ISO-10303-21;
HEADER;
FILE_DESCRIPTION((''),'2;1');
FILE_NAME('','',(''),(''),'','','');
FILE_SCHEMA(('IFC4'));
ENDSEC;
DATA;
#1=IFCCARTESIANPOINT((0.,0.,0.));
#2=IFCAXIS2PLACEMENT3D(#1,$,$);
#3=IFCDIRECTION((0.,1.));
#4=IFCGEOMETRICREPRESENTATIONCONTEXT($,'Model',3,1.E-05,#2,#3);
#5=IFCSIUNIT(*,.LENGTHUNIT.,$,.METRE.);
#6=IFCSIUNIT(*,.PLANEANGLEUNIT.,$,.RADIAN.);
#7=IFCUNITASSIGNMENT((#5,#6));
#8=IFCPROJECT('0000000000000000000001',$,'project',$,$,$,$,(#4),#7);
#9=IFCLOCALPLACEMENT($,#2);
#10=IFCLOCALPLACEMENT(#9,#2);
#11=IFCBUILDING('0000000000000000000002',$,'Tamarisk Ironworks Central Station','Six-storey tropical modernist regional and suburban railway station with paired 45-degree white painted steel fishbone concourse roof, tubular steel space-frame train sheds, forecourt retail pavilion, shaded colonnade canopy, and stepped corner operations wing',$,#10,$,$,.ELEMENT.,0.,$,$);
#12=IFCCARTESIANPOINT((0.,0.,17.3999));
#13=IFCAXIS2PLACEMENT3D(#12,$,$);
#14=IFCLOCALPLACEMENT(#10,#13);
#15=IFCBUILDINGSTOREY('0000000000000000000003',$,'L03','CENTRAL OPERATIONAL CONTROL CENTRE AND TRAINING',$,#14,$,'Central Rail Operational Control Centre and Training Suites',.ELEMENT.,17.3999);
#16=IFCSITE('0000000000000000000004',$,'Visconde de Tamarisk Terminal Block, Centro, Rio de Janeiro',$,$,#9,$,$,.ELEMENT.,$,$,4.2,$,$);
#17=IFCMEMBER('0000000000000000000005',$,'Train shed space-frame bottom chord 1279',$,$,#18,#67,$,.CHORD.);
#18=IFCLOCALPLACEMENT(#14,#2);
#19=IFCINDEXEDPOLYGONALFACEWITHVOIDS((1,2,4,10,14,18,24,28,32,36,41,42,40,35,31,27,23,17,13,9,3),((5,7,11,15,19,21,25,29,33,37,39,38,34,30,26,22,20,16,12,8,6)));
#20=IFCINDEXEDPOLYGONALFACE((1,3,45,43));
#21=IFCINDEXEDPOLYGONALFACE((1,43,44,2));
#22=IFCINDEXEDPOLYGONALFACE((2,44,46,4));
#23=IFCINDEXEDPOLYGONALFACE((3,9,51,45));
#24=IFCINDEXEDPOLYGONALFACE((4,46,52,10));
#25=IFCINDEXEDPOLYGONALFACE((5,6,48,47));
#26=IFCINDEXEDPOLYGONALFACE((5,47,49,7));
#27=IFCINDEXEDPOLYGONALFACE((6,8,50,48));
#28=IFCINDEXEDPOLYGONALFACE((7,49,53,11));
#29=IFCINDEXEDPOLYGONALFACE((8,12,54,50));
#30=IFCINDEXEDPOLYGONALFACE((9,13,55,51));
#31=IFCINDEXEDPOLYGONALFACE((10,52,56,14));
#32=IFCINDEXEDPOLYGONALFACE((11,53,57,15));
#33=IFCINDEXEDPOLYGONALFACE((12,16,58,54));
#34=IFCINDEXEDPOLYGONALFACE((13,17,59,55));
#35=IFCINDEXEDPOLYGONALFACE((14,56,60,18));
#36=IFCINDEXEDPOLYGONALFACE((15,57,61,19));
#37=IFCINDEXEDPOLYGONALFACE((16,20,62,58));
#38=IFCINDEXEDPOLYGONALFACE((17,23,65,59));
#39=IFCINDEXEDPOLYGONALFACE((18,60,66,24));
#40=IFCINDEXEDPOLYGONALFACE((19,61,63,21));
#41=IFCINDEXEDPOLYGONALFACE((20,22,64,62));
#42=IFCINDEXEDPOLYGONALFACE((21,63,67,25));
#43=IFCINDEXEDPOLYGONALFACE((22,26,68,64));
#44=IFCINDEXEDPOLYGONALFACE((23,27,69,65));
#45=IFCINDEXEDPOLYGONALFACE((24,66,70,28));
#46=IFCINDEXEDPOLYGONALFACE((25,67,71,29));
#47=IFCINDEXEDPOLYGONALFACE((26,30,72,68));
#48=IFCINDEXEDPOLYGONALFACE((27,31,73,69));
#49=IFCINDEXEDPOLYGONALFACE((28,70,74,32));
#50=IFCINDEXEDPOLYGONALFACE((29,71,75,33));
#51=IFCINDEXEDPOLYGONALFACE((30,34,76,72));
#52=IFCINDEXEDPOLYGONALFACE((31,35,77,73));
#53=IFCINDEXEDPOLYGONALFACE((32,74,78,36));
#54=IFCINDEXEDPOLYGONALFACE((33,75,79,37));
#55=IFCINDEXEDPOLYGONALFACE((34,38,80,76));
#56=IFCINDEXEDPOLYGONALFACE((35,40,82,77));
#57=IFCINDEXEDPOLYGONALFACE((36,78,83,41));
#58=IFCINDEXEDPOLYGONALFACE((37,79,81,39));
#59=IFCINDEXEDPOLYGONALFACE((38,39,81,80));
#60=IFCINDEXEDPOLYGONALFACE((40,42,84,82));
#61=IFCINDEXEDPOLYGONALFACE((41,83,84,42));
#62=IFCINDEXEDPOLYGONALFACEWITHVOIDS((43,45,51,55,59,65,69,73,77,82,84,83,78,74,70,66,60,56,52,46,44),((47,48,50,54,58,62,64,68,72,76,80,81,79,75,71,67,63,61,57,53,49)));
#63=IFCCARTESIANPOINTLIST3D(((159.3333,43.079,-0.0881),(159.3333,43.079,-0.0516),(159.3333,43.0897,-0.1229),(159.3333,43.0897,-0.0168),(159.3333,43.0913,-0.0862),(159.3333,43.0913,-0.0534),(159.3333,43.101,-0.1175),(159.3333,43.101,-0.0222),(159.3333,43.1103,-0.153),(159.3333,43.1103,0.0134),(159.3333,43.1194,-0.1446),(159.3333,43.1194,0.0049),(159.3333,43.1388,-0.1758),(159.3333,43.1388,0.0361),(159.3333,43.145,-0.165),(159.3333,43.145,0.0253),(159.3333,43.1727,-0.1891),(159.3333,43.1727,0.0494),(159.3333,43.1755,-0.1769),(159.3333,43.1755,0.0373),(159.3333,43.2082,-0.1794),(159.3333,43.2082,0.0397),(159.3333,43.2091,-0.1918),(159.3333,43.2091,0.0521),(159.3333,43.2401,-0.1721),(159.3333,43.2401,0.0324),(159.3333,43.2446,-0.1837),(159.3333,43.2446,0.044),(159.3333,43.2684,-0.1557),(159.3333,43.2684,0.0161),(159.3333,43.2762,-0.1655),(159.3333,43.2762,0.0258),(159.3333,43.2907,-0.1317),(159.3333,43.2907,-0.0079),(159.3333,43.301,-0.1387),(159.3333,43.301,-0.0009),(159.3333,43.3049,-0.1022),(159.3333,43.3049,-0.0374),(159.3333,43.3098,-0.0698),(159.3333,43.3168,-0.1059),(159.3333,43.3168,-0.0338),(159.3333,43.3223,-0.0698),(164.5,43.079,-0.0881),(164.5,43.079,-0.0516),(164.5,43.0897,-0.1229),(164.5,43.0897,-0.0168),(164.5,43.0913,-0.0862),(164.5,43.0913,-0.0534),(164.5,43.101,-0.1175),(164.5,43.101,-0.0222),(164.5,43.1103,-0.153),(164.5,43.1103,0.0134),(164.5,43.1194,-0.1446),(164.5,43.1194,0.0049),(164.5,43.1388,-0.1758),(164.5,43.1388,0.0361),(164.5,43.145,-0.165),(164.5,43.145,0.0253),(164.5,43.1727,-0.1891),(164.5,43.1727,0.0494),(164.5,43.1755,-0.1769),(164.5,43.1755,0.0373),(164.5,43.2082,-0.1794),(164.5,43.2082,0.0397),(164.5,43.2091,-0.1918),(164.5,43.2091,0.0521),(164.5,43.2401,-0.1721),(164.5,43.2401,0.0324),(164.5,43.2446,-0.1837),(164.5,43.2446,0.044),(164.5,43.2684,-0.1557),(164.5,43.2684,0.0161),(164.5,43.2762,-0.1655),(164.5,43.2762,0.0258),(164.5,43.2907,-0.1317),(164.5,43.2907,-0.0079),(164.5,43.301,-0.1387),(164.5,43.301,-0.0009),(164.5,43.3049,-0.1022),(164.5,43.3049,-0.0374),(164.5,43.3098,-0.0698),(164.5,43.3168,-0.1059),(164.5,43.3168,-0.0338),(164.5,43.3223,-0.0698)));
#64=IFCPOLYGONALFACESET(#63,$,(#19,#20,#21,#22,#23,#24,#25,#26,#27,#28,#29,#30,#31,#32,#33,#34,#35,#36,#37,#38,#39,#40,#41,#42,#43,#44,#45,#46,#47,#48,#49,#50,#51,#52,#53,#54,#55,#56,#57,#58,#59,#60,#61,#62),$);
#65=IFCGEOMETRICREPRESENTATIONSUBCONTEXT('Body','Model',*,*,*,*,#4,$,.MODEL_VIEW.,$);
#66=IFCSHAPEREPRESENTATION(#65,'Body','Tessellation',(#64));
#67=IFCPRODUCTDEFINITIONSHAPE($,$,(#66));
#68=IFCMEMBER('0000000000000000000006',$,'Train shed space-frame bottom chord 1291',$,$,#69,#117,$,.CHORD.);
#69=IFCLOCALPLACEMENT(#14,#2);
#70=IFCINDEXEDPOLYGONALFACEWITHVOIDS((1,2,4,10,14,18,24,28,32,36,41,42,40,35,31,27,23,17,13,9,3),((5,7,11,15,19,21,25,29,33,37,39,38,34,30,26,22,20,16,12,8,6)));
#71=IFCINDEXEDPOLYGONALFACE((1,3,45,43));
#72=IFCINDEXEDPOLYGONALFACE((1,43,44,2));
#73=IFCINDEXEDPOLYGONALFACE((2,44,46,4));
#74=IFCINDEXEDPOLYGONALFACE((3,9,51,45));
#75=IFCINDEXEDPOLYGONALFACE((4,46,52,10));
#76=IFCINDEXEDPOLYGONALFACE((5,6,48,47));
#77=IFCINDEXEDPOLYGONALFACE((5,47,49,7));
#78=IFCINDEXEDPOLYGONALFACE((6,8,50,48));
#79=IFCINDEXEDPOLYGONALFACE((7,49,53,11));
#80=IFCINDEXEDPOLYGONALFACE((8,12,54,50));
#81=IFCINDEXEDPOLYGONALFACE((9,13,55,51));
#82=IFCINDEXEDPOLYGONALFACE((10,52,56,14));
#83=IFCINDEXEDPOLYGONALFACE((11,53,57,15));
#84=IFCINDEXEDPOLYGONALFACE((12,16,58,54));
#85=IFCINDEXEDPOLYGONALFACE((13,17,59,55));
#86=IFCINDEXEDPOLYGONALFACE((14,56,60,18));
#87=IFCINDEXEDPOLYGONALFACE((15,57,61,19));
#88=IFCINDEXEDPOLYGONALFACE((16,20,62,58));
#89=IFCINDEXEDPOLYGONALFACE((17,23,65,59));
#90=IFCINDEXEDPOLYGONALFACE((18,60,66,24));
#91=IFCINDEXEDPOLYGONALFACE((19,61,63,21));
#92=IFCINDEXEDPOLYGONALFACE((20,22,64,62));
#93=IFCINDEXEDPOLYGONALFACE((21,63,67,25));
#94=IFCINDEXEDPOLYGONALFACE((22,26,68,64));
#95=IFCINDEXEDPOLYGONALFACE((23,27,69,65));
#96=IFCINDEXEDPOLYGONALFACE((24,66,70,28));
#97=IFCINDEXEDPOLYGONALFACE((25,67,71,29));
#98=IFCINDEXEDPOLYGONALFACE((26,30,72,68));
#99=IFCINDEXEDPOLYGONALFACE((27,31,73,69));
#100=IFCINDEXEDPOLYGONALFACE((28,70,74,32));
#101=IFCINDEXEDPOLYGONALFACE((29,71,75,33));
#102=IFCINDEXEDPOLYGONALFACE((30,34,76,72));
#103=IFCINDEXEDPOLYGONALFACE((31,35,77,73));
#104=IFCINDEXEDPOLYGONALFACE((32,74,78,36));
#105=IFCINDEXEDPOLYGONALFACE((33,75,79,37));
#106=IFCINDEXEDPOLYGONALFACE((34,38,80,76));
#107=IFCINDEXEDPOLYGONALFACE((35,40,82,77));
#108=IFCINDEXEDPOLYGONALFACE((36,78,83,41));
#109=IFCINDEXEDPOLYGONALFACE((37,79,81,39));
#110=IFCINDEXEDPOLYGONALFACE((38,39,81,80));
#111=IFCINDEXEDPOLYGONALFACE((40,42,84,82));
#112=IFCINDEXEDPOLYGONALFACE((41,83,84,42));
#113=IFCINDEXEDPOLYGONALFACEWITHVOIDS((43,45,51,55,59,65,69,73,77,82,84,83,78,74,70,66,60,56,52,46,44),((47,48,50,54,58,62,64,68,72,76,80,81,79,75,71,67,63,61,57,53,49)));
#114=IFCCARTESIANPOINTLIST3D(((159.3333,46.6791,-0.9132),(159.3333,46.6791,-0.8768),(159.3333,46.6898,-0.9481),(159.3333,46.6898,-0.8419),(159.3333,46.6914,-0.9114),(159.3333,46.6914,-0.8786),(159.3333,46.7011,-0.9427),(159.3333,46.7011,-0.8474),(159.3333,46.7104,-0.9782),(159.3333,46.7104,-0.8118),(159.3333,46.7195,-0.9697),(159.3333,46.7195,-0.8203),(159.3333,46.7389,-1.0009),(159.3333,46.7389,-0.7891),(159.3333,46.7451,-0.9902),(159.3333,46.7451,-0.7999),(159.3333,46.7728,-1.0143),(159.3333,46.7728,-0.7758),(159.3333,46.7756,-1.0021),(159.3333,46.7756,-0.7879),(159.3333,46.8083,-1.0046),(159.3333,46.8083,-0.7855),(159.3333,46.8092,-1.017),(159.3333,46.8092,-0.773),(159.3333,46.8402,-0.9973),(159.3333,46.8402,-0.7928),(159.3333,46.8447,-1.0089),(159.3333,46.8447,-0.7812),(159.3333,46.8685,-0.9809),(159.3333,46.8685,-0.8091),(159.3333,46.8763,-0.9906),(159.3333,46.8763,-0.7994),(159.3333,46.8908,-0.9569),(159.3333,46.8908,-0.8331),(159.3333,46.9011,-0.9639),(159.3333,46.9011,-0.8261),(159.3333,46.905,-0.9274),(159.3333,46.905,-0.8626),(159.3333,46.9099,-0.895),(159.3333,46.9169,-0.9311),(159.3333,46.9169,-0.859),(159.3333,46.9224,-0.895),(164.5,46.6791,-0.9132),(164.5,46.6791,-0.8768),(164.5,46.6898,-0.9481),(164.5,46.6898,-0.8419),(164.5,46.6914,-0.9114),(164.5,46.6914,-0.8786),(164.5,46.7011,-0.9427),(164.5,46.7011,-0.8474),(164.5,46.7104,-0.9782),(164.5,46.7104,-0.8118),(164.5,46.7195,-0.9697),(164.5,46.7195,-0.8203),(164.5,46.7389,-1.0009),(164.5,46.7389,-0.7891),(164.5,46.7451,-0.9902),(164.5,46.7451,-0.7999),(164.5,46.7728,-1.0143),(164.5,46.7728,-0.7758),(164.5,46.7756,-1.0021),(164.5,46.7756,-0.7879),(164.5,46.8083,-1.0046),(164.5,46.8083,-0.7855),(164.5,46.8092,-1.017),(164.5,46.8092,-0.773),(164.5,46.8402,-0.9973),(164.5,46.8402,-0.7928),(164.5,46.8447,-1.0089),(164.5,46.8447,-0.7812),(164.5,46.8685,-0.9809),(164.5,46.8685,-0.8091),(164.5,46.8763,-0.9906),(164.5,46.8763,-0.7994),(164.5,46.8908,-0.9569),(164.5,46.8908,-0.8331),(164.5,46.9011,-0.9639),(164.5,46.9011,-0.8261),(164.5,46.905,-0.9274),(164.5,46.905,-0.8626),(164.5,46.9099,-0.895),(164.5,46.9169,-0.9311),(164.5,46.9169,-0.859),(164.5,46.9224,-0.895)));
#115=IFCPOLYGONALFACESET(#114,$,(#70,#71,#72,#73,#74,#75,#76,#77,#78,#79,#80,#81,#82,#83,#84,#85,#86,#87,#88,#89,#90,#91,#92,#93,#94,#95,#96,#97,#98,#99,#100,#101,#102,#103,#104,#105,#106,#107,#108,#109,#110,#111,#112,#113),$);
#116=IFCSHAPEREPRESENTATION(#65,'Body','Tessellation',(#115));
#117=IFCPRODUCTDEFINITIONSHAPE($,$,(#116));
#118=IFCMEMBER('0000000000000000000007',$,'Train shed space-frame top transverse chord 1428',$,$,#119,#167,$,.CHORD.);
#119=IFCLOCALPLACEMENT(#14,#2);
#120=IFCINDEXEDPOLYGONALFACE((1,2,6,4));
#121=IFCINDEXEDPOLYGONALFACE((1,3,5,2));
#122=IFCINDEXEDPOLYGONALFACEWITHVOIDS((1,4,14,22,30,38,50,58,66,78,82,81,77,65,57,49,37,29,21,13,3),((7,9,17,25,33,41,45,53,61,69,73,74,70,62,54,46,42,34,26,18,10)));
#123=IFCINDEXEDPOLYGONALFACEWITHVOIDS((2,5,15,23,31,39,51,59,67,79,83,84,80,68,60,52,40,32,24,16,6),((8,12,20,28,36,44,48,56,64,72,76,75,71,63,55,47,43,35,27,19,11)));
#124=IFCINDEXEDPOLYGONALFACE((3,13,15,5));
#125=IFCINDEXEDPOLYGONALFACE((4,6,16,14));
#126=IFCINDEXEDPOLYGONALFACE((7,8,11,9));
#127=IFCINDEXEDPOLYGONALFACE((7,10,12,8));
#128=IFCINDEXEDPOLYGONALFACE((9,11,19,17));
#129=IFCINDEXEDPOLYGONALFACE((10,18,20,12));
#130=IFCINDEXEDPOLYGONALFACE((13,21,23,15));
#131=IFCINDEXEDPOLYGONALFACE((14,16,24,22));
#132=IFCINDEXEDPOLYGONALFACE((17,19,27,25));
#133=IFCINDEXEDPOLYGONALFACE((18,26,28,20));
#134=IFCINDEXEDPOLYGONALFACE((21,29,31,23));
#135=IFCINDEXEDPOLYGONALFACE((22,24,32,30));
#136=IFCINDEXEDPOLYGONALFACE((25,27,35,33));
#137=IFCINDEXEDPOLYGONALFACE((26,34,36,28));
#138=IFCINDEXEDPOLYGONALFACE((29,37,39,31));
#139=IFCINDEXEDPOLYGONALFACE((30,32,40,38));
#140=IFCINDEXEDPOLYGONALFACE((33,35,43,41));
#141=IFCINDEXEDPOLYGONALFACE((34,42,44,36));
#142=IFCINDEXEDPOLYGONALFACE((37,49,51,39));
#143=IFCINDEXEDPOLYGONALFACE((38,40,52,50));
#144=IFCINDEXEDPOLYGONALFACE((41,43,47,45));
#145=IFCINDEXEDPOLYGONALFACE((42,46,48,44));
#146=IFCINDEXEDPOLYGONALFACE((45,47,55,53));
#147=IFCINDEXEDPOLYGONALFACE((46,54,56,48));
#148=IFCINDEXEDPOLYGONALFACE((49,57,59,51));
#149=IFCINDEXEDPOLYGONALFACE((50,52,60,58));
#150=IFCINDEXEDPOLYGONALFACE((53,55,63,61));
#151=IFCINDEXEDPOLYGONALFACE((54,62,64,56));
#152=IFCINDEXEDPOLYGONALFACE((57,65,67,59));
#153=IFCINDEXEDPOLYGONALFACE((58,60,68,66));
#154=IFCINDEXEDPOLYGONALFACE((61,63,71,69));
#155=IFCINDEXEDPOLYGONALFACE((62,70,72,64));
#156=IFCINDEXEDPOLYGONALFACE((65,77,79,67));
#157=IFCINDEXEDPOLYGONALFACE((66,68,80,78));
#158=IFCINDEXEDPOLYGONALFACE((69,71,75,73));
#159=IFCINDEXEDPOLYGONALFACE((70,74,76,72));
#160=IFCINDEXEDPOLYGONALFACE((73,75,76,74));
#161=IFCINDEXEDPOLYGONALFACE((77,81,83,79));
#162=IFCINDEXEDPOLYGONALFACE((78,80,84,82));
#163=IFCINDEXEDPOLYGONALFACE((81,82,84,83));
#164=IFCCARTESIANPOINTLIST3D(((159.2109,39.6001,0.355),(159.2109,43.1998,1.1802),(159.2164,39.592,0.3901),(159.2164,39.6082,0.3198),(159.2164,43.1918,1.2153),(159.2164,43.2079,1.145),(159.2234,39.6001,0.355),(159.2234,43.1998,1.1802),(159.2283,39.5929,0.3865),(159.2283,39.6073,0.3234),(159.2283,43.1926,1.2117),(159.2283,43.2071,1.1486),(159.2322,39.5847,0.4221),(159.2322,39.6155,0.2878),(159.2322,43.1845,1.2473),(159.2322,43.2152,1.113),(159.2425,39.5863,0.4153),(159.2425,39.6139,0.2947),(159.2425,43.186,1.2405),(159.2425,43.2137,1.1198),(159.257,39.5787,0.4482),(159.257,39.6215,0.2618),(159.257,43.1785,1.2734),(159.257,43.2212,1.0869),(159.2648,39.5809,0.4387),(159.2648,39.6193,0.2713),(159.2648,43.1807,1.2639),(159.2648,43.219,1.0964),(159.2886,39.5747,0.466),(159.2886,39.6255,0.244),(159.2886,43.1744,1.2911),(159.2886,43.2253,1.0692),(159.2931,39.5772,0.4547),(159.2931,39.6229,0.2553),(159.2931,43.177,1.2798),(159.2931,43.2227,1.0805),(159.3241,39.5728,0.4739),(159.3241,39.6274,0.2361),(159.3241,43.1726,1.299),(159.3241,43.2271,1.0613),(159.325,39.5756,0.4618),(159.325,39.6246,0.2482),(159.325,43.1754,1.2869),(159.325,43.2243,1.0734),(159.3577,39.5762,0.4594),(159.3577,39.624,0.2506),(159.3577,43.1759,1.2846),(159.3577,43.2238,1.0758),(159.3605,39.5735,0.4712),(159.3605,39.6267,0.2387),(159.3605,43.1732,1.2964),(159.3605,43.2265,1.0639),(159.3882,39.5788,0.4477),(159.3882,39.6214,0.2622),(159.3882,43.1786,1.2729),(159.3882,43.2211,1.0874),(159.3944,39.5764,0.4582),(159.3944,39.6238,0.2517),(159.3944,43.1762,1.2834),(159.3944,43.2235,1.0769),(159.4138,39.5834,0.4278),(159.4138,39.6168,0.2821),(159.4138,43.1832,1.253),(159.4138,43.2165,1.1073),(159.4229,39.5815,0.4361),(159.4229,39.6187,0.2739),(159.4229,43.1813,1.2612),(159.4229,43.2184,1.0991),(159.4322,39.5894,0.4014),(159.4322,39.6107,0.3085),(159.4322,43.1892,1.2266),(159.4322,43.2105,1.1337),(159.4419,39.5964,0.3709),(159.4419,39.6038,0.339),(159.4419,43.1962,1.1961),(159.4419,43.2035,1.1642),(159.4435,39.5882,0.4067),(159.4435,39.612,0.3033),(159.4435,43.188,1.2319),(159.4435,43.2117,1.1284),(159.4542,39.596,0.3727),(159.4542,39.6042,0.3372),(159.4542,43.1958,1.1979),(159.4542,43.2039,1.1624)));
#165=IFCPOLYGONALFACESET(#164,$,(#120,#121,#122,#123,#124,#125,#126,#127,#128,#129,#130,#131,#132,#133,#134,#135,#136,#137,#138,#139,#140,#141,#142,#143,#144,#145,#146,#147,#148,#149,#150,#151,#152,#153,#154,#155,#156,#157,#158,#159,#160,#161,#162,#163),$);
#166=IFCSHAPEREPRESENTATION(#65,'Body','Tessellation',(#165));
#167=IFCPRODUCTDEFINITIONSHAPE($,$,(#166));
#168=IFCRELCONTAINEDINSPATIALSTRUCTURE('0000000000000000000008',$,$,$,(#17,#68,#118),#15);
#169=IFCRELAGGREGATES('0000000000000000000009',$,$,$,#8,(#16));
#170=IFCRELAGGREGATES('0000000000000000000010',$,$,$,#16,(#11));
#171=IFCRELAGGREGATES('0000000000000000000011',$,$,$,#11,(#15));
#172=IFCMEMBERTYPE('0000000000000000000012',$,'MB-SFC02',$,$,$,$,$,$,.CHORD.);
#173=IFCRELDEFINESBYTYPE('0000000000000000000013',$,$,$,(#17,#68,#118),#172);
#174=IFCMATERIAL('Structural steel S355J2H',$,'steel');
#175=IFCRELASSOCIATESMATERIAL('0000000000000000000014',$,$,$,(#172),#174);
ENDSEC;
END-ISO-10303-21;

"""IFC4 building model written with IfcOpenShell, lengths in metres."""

from ifc_helpers import new_model, si_unit, direction, frame, origin, origin_2d, place, context, subcontext, project, spatial, hollow_circle, extrude, material, material_profile, profile_set, type_object, element, save


model = new_model("IFC4")

# Units and contexts
model_context = context("Model", 3, precision=1e-05, world=origin(), true_north=direction((0.0, 1.0)))
body_context = subcontext(model_context, "Body", "Model", "MODEL_VIEW")
ifc_project = project(units=[si_unit("LENGTHUNIT", "METRE"), si_unit("PLANEANGLEUNIT", "RADIAN")], contexts=[model_context])

# Site, building, storey
site_placement = place(None, origin())
site = spatial("IfcSite", under=ifc_project, at=site_placement, Name="Visconde de Tamarisk Terminal Block, Centro, Rio de Janeiro", CompositionType="ELEMENT", RefElevation=4.2)
building_placement = place(site_placement, origin())
building = spatial("IfcBuilding", under=site, at=building_placement, Name="Tamarisk Ironworks Central Station", Description="Six-storey tropical modernist regional and suburban railway station with paired 45-degree white painted steel fishbone concourse roof, tubular steel space-frame train sheds, forecourt retail pavilion, shaded colonnade canopy, and stepped corner operations wing", CompositionType="ELEMENT", ElevationOfRefHeight=0.0)
storey_placement = place(building_placement, frame((0.0, 0.0, 17.3999)))
storey = spatial("IfcBuildingStorey", under=building, at=storey_placement, Name="L03", Description="CENTRAL OPERATIONAL CONTROL CENTRE AND TRAINING", LongName="Central Rail Operational Control Centre and Training Suites", CompositionType="ELEMENT", Elevation=17.3999)

# Members
ifc_material = material(Name="Structural steel S355J2H", Category="steel")
ifc_material_profile_1 = material_profile(ifc_material, hollow_circle(Radius=0.1223, WallThickness=0.0125, at=origin_2d()), Name="CHS 244.5x12.5")
ifc_profile_set_1 = profile_set([ifc_material_profile_1], Name="Structural steel S355J2H")
member_type_1 = type_object("IfcMemberType", Name="MB-SFC02", PredefinedType="CHORD", material=ifc_profile_set_1)
for number, where, z_axis, x_axis, name in (
    (1, (159.3333, 43.2, -0.0698), (1.0, 0.0, 0.0), (0.0, 1.0, 0.0), "Train shed space-frame bottom chord 1279"),
    (2, (159.3333, 46.8, -0.895), (1.0, 0.0, 0.0), (0.0, 1.0, 0.0), "Train shed space-frame bottom chord 1291"),
):
    element("IfcMember", number, at=place(storey_placement, frame(where, z_axis=z_axis, x_axis=x_axis)), inside=storey, type_object=member_type_1, Name=name, PredefinedType="CHORD", context=body_context, shape_type="SweptSolid", body=[
        extrude(hollow_circle(Radius=0.1223, WallThickness=0.0125, at=origin_2d()), origin(), (0.0, 0.0, 1.0), 5.1667),
    ])
member_1_placement = place(storey_placement, frame((159.3333, 39.6001, 0.355), z_axis=(0.0, 0.974719, 0.223435), x_axis=(-1.0, 0.0, 0.0)))
element("IfcMember", 3, at=member_1_placement, inside=storey, type_object=member_type_1, Name="Train shed space-frame top transverse chord 1428", PredefinedType="CHORD", context=body_context, shape_type="SweptSolid", body=[
    extrude(hollow_circle(Radius=0.1223, WallThickness=0.0125, at=origin_2d()), origin(), (0.0, 0.0, 1.0), 3.6931),
])

save(model, "model.ifc")
